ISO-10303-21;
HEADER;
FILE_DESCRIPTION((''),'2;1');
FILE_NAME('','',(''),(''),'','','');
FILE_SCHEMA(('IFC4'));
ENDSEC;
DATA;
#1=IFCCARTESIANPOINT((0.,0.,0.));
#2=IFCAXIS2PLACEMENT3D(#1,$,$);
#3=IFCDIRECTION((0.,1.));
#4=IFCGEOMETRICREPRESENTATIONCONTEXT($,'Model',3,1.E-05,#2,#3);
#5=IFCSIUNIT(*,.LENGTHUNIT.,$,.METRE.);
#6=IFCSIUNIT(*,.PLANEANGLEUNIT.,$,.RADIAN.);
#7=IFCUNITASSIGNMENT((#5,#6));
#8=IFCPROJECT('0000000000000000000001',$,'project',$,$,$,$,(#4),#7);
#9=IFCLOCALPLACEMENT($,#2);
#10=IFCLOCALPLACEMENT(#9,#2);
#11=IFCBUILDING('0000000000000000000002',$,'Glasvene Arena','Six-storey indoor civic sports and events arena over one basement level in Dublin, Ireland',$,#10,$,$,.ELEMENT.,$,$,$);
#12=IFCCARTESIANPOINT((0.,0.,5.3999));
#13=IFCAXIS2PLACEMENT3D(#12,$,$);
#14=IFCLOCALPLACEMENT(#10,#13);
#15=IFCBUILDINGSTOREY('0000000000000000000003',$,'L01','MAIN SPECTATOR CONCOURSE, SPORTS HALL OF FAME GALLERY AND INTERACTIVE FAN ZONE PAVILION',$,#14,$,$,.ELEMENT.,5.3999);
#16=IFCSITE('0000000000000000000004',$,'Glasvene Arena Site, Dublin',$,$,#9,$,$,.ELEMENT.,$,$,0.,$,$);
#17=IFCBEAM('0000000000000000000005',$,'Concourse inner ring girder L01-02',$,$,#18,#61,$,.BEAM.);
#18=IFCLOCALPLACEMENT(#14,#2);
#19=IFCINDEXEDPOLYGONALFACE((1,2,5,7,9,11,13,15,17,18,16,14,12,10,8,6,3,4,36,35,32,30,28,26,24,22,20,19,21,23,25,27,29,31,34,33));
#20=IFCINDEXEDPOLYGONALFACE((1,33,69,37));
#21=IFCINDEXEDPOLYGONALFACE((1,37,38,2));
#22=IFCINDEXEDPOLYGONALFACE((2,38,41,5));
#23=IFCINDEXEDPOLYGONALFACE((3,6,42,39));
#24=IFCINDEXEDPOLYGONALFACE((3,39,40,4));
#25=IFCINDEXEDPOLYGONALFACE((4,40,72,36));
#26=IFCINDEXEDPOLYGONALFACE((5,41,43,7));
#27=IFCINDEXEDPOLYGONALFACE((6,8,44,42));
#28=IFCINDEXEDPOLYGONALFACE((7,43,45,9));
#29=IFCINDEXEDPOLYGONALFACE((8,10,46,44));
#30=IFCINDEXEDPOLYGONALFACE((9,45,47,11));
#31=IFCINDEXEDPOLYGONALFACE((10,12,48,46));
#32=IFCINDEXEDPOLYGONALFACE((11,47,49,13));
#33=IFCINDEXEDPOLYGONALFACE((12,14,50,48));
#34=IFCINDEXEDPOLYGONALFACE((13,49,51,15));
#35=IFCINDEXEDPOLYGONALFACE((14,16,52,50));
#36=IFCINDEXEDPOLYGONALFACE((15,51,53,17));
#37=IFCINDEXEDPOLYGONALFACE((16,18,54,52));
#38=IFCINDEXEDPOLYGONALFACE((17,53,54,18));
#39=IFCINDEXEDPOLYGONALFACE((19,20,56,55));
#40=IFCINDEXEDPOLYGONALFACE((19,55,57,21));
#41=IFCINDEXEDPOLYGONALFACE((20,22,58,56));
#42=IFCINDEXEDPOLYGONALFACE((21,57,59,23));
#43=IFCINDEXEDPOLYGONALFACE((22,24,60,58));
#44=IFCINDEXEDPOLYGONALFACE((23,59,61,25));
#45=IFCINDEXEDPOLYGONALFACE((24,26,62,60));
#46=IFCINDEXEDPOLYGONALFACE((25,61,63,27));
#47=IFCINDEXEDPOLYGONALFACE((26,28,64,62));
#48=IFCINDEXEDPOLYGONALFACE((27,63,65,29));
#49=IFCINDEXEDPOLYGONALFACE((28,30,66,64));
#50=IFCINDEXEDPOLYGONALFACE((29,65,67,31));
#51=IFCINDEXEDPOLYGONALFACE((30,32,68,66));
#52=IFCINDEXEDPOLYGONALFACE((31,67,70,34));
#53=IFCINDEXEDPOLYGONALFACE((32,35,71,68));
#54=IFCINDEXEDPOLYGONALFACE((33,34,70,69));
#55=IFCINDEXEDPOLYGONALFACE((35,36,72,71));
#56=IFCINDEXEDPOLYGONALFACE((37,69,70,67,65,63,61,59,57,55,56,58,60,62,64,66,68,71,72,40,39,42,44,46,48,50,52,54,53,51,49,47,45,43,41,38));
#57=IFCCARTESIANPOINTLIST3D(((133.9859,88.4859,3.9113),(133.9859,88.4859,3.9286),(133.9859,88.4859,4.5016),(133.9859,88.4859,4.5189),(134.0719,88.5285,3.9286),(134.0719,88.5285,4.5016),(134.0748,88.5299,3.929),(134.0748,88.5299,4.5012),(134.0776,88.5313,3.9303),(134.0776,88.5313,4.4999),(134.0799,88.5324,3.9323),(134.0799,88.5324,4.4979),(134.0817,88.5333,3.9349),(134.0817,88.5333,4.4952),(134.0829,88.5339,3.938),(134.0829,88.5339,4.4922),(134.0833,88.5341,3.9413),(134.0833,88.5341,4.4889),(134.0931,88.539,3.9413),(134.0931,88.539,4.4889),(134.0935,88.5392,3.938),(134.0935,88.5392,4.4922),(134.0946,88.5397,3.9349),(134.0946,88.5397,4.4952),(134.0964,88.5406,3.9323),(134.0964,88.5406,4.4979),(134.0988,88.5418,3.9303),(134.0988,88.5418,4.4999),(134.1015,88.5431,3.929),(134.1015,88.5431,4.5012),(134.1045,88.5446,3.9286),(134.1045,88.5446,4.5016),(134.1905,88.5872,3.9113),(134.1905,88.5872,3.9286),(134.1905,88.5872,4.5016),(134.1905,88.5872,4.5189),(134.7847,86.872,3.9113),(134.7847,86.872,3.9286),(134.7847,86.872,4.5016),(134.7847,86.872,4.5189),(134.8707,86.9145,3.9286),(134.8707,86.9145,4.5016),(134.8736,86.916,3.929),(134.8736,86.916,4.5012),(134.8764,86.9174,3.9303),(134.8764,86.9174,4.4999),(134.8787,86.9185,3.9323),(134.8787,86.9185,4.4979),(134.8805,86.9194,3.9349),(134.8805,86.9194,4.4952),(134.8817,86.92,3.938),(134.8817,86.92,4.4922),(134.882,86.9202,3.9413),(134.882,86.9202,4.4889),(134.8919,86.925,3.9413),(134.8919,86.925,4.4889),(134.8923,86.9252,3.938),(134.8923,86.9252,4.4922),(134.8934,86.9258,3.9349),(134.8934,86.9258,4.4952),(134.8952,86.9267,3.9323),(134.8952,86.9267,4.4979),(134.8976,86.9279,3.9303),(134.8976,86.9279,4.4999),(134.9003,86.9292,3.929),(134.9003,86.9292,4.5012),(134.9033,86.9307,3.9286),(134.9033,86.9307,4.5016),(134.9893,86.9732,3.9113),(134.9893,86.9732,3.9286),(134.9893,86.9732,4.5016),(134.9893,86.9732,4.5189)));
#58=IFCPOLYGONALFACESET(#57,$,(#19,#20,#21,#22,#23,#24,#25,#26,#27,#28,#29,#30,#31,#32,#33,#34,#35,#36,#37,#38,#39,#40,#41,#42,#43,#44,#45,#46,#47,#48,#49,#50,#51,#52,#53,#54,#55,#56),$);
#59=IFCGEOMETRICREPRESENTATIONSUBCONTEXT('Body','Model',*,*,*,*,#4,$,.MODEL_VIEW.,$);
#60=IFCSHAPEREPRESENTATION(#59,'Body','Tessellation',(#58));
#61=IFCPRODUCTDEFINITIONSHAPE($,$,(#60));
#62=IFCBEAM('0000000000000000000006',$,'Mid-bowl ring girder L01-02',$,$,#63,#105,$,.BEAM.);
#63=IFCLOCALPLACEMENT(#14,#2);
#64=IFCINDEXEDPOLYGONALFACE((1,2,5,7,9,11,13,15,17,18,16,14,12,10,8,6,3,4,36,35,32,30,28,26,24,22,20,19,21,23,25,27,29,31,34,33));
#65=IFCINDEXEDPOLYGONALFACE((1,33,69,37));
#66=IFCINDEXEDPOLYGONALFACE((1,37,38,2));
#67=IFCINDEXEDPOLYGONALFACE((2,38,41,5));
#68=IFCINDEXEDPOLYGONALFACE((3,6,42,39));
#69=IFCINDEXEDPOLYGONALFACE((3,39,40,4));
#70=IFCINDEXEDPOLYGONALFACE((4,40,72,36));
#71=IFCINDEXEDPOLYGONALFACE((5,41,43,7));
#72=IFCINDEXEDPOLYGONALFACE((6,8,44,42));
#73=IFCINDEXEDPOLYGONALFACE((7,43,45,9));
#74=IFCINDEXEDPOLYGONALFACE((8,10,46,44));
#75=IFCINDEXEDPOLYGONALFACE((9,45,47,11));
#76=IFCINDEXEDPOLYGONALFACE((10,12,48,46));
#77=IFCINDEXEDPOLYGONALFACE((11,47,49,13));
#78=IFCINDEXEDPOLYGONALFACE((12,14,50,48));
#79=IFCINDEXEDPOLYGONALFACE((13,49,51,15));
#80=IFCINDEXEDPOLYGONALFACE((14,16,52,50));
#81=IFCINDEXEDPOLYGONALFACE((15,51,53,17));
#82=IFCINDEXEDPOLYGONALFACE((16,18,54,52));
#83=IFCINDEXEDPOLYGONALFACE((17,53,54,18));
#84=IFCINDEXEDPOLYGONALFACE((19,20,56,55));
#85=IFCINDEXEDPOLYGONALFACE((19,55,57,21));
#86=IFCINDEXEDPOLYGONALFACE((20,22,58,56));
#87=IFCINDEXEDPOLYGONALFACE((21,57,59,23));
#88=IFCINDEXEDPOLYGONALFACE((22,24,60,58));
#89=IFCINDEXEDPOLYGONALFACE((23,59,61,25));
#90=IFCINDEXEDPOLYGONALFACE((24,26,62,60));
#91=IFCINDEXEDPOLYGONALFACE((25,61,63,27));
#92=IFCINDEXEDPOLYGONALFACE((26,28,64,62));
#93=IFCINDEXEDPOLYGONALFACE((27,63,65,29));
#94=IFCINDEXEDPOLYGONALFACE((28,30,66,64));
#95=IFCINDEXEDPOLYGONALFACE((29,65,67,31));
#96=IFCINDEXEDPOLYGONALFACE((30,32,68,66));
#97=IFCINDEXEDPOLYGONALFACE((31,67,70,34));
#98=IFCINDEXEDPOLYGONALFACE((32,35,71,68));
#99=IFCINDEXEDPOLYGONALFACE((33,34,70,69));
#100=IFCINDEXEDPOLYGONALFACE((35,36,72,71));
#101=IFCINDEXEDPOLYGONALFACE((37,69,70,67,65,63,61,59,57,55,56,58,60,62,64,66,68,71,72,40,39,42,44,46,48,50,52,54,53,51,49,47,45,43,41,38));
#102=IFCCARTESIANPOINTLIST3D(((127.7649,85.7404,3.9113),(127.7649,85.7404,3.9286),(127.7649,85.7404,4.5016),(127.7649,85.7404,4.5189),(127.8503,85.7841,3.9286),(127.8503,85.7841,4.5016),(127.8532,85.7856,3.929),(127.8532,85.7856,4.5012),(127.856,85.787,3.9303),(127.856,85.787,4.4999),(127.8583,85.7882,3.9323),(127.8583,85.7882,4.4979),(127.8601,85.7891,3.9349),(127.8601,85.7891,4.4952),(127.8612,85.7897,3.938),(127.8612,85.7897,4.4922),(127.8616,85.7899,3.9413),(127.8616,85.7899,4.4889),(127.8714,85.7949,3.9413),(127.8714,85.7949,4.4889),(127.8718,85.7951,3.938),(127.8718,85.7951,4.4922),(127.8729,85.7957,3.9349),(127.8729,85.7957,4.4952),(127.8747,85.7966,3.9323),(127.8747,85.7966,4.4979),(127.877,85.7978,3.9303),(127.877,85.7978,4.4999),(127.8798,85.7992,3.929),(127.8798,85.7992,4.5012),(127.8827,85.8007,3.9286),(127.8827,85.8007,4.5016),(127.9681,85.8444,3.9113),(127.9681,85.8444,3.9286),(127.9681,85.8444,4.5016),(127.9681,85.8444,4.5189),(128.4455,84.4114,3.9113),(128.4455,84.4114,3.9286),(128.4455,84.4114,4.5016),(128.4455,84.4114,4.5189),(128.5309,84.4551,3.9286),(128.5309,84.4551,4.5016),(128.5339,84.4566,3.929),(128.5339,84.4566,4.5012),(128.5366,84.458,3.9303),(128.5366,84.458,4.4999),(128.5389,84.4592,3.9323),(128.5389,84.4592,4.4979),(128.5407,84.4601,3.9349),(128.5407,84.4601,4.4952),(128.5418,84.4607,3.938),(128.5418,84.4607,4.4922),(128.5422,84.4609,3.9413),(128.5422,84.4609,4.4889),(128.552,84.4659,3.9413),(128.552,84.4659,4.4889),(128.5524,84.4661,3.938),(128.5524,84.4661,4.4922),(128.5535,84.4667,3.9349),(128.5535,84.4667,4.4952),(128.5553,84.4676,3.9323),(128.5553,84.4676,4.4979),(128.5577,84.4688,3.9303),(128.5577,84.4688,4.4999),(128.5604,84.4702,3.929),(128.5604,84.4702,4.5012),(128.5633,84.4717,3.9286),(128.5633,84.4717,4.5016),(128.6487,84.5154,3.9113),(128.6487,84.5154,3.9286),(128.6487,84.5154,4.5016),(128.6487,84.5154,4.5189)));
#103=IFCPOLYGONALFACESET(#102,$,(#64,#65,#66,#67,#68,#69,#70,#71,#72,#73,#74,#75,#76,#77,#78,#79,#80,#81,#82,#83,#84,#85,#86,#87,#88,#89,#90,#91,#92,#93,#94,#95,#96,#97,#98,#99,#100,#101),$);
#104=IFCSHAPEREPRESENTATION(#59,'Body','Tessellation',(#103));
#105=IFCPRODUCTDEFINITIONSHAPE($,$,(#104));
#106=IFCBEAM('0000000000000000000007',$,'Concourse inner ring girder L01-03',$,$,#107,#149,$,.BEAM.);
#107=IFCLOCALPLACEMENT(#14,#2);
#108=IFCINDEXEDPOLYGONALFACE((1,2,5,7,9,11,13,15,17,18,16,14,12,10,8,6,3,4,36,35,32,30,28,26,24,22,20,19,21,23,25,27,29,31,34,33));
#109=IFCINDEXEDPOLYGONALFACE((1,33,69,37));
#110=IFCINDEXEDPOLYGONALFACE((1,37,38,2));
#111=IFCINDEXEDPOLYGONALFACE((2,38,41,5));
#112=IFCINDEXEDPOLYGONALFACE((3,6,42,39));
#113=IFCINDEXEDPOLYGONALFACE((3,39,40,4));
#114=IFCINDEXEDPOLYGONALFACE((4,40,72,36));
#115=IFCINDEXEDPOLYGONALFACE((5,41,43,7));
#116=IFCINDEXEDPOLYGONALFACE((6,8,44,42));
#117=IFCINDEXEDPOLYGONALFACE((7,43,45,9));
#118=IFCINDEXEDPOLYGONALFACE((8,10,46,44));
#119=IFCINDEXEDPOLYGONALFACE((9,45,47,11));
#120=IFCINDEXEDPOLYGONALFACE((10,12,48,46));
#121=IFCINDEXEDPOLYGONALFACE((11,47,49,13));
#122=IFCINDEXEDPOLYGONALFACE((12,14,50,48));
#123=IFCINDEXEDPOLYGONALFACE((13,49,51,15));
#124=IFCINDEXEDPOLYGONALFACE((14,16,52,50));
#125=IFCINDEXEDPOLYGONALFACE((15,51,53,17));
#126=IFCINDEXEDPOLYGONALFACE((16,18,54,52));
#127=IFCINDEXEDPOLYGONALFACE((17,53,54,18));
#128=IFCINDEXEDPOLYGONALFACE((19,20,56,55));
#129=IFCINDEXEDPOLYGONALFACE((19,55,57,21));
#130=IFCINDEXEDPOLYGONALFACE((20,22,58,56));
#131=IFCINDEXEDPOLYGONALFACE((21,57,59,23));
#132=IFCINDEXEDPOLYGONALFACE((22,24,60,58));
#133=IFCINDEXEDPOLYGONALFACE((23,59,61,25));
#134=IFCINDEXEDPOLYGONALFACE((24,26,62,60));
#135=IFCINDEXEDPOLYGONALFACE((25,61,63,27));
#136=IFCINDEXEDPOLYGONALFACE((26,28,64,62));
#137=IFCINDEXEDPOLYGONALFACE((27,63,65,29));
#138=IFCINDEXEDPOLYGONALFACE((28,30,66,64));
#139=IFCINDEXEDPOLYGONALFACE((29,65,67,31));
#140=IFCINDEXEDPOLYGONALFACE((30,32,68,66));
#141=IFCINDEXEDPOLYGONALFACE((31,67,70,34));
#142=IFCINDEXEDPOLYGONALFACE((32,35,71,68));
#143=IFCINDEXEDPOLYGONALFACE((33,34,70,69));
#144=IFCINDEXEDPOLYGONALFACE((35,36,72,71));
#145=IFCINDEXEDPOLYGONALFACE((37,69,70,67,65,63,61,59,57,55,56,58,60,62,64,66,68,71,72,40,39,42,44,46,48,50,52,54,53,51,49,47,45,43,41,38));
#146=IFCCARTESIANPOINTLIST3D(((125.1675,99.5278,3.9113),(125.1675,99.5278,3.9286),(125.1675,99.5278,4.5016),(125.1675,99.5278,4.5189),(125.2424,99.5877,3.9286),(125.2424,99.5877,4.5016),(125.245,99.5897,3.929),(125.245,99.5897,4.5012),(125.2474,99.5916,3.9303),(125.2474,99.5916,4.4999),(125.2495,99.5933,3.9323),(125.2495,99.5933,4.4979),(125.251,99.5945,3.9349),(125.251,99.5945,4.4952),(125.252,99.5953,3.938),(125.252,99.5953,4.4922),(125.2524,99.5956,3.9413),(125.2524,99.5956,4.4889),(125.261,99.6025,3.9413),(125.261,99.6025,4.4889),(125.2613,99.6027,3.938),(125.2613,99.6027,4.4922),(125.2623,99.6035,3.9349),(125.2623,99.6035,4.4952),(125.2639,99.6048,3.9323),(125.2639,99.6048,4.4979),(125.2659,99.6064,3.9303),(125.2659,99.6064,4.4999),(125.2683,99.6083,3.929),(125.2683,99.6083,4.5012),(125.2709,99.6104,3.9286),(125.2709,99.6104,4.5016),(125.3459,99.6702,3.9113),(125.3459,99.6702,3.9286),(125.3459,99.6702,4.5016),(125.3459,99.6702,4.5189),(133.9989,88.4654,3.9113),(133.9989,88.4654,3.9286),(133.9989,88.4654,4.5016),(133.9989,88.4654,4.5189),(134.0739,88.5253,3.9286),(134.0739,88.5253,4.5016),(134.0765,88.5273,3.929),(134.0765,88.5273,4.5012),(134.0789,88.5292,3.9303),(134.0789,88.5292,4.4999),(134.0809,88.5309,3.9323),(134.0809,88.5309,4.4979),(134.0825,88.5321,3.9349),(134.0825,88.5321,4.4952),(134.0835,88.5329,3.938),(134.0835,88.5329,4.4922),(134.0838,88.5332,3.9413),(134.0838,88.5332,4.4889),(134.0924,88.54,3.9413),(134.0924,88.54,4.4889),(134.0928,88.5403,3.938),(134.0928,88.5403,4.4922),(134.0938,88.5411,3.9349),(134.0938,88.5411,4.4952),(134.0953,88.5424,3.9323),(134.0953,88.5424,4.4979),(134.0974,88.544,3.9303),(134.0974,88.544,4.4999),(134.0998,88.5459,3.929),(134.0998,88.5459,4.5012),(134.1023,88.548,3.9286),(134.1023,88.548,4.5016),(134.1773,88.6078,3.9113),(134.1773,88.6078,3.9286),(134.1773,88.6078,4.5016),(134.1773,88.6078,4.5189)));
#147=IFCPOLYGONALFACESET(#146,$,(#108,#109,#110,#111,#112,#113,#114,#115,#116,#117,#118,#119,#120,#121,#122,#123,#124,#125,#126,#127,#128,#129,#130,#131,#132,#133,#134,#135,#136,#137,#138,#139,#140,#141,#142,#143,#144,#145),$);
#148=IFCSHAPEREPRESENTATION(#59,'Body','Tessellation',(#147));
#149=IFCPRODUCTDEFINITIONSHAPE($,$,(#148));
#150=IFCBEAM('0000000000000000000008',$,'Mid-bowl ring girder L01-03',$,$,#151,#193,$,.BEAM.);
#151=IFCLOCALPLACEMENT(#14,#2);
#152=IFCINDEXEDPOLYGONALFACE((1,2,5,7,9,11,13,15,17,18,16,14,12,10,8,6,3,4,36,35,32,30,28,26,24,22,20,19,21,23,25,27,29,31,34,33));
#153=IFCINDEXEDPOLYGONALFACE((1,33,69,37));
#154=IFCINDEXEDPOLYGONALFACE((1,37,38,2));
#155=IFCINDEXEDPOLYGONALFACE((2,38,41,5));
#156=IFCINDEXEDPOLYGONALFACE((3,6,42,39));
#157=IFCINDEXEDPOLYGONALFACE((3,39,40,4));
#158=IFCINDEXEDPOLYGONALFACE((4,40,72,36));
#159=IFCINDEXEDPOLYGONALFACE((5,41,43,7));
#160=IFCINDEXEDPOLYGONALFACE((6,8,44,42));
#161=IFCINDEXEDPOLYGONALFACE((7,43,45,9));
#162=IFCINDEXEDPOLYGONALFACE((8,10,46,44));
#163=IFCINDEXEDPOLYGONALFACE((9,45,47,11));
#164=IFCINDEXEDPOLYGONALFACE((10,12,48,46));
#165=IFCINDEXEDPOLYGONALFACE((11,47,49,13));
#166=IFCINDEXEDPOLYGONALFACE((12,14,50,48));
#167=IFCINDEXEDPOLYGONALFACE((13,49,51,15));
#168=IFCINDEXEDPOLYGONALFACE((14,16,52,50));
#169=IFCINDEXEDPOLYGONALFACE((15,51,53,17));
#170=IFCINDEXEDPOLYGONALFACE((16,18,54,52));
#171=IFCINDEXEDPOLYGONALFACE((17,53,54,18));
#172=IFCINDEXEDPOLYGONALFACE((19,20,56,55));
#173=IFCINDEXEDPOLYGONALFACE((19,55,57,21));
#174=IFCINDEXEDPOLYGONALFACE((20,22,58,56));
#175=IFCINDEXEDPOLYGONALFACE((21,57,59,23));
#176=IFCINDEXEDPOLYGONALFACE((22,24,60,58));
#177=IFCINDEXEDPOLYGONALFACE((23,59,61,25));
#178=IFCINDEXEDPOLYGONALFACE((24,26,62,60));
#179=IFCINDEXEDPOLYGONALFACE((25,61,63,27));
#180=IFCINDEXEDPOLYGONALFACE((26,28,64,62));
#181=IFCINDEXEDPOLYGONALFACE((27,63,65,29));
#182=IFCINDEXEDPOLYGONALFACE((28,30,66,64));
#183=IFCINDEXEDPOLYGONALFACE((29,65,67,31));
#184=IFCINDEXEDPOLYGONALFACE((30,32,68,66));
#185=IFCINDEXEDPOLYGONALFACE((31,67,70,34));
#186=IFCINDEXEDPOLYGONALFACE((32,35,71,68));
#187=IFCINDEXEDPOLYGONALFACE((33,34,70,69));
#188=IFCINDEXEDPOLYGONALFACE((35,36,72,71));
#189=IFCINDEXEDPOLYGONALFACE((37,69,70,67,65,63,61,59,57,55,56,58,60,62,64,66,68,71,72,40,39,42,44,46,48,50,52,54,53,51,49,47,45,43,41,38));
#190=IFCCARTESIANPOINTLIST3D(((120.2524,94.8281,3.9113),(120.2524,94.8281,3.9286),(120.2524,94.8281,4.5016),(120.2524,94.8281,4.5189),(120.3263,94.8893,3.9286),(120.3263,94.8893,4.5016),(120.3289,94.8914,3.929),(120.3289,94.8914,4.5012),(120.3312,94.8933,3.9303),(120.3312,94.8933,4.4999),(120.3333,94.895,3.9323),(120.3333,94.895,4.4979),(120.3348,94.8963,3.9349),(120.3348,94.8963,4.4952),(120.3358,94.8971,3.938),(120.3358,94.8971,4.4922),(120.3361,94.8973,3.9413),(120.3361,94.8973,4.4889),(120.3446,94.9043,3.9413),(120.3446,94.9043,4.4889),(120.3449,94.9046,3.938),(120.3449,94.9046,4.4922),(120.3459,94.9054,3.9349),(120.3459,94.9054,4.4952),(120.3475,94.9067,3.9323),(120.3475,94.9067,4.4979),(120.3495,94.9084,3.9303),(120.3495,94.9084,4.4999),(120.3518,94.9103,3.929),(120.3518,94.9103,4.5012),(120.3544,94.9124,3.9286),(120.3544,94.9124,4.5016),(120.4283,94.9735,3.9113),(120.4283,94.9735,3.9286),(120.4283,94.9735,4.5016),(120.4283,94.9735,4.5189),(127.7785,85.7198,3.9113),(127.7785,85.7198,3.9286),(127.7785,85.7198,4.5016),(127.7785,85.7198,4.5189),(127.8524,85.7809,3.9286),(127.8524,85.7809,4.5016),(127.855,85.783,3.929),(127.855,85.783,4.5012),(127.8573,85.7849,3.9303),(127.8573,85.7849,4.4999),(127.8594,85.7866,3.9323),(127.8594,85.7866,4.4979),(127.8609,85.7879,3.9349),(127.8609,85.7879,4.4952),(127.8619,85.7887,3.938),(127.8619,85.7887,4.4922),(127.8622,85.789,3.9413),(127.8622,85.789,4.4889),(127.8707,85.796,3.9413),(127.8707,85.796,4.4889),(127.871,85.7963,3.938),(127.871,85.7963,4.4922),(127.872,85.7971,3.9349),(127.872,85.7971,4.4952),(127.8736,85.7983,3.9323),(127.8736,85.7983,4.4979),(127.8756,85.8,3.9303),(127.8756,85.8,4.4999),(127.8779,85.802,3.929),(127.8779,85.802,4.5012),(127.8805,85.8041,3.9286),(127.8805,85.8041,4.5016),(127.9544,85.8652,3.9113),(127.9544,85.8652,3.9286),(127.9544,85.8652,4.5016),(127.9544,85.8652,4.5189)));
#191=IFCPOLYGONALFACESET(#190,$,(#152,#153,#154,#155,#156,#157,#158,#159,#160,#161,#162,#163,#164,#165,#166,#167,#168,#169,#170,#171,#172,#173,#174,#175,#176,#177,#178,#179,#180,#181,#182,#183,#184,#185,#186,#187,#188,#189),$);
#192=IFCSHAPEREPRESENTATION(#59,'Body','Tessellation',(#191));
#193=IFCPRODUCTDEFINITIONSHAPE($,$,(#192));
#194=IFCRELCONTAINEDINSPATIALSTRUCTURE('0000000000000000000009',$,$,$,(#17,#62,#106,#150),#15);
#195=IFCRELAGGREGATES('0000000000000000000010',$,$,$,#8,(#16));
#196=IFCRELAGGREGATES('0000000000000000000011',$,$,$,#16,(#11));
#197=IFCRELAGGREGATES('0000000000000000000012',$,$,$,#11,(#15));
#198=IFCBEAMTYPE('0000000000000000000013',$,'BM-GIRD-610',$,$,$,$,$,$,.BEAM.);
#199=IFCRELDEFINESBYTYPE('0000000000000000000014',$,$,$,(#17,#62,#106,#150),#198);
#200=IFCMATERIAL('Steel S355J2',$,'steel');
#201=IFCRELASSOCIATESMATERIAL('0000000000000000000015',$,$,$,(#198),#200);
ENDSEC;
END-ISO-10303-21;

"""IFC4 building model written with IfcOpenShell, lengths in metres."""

from ifc_helpers import new_model, si_unit, direction, frame, origin, origin_2d, place, context, subcontext, project, spatial, i_section, extrude, material, material_profile, profile_set, type_object, element, save


model = new_model("IFC4")

# Units and contexts
model_context = context("Model", 3, precision=1e-05, world=origin(), true_north=direction((0.0, 1.0)))
body_context = subcontext(model_context, "Body", "Model", "MODEL_VIEW")
ifc_project = project(units=[si_unit("LENGTHUNIT", "METRE"), si_unit("PLANEANGLEUNIT", "RADIAN")], contexts=[model_context])

# Site, building, storey
site_placement = place(None, origin())
site = spatial("IfcSite", under=ifc_project, at=site_placement, Name="Glasvene Arena Site, Dublin", CompositionType="ELEMENT", RefElevation=0.0)
building_placement = place(site_placement, origin())
building = spatial("IfcBuilding", under=site, at=building_placement, Name="Glasvene Arena", Description="Six-storey indoor civic sports and events arena over one basement level in Dublin, Ireland", CompositionType="ELEMENT")
storey_placement = place(building_placement, frame((0.0, 0.0, 5.3999)))
storey = spatial("IfcBuildingStorey", under=building, at=storey_placement, Name="L01", Description="MAIN SPECTATOR CONCOURSE, SPORTS HALL OF FAME GALLERY AND INTERACTIVE FAN ZONE PAVILION", CompositionType="ELEMENT", Elevation=5.3999)

# Shared definitions
ifc_material_1 = material(Name="Steel S355J2", Category="steel")

# Beams
ifc_material_profile_1 = material_profile(ifc_material_1, i_section(OverallWidth=0.2283, OverallDepth=0.6077, WebThickness=0.011, FlangeThickness=0.0173, FilletRadius=0.0127, at=origin_2d()), Name="UKB 610x229x113")
ifc_profile_set_1 = profile_set([ifc_material_profile_1], Name="Steel S355J2")
beam_type_1 = type_object("IfcBeamType", Name="BM-GIRD-610", PredefinedType="BEAM", material=ifc_profile_set_1)
beam_1_placement = place(storey_placement, frame((134.887, 86.9226, 4.2151), z_axis=(-0.443577, 0.896236, 0.0), x_axis=(-0.896236, -0.443577, 0.0)))
element("IfcBeam", 1, at=beam_1_placement, inside=storey, type_object=beam_type_1, Name="Concourse inner ring girder L01-02", PredefinedType="BEAM", context=body_context, shape_type="SweptSolid", body=[
    extrude(i_section(OverallWidth=0.2283, OverallDepth=0.6077, WebThickness=0.011, FlangeThickness=0.0173, FilletRadius=0.0127, at=origin_2d()), origin(), (0.0, 0.0, 1.0), 1.8008),
])
beam_2_placement = place(storey_placement, frame((128.5471, 84.4634, 4.2151), z_axis=(-0.455825, 0.890069, 0.0), x_axis=(-0.890069, -0.455825, 0.0)))
element("IfcBeam", 2, at=beam_2_placement, inside=storey, type_object=beam_type_1, Name="Mid-bowl ring girder L01-02", PredefinedType="BEAM", context=body_context, shape_type="SweptSolid", body=[
    extrude(i_section(OverallWidth=0.2283, OverallDepth=0.6077, WebThickness=0.011, FlangeThickness=0.0173, FilletRadius=0.0127, at=origin_2d()), origin(), (0.0, 0.0, 1.0), 1.4932),
])
beam_3_placement = place(storey_placement, frame((134.0881, 88.5366, 4.2151), z_axis=(-0.6239, 0.781504, 0.0), x_axis=(-0.781504, -0.6239, 0.0)))
element("IfcBeam", 3, at=beam_3_placement, inside=storey, type_object=beam_type_1, Name="Concourse inner ring girder L01-03", PredefinedType="BEAM", context=body_context, shape_type="SweptSolid", body=[
    extrude(i_section(OverallWidth=0.2283, OverallDepth=0.6077, WebThickness=0.011, FlangeThickness=0.0173, FilletRadius=0.0127, at=origin_2d()), origin(), (0.0, 0.0, 1.0), 14.1553),
])
beam_4_placement = place(storey_placement, frame((127.8665, 85.7925, 4.2151), z_axis=(-0.636972, 0.770887, 0.0), x_axis=(-0.770887, -0.636972, 0.0)))
element("IfcBeam", 4, at=beam_4_placement, inside=storey, type_object=beam_type_1, Name="Mid-bowl ring girder L01-03", PredefinedType="BEAM", context=body_context, shape_type="SweptSolid", body=[
    extrude(i_section(OverallWidth=0.2283, OverallDepth=0.6077, WebThickness=0.011, FlangeThickness=0.0173, FilletRadius=0.0127, at=origin_2d()), origin(), (0.0, 0.0, 1.0), 11.8154),
])

save(model, "model.ifc")
